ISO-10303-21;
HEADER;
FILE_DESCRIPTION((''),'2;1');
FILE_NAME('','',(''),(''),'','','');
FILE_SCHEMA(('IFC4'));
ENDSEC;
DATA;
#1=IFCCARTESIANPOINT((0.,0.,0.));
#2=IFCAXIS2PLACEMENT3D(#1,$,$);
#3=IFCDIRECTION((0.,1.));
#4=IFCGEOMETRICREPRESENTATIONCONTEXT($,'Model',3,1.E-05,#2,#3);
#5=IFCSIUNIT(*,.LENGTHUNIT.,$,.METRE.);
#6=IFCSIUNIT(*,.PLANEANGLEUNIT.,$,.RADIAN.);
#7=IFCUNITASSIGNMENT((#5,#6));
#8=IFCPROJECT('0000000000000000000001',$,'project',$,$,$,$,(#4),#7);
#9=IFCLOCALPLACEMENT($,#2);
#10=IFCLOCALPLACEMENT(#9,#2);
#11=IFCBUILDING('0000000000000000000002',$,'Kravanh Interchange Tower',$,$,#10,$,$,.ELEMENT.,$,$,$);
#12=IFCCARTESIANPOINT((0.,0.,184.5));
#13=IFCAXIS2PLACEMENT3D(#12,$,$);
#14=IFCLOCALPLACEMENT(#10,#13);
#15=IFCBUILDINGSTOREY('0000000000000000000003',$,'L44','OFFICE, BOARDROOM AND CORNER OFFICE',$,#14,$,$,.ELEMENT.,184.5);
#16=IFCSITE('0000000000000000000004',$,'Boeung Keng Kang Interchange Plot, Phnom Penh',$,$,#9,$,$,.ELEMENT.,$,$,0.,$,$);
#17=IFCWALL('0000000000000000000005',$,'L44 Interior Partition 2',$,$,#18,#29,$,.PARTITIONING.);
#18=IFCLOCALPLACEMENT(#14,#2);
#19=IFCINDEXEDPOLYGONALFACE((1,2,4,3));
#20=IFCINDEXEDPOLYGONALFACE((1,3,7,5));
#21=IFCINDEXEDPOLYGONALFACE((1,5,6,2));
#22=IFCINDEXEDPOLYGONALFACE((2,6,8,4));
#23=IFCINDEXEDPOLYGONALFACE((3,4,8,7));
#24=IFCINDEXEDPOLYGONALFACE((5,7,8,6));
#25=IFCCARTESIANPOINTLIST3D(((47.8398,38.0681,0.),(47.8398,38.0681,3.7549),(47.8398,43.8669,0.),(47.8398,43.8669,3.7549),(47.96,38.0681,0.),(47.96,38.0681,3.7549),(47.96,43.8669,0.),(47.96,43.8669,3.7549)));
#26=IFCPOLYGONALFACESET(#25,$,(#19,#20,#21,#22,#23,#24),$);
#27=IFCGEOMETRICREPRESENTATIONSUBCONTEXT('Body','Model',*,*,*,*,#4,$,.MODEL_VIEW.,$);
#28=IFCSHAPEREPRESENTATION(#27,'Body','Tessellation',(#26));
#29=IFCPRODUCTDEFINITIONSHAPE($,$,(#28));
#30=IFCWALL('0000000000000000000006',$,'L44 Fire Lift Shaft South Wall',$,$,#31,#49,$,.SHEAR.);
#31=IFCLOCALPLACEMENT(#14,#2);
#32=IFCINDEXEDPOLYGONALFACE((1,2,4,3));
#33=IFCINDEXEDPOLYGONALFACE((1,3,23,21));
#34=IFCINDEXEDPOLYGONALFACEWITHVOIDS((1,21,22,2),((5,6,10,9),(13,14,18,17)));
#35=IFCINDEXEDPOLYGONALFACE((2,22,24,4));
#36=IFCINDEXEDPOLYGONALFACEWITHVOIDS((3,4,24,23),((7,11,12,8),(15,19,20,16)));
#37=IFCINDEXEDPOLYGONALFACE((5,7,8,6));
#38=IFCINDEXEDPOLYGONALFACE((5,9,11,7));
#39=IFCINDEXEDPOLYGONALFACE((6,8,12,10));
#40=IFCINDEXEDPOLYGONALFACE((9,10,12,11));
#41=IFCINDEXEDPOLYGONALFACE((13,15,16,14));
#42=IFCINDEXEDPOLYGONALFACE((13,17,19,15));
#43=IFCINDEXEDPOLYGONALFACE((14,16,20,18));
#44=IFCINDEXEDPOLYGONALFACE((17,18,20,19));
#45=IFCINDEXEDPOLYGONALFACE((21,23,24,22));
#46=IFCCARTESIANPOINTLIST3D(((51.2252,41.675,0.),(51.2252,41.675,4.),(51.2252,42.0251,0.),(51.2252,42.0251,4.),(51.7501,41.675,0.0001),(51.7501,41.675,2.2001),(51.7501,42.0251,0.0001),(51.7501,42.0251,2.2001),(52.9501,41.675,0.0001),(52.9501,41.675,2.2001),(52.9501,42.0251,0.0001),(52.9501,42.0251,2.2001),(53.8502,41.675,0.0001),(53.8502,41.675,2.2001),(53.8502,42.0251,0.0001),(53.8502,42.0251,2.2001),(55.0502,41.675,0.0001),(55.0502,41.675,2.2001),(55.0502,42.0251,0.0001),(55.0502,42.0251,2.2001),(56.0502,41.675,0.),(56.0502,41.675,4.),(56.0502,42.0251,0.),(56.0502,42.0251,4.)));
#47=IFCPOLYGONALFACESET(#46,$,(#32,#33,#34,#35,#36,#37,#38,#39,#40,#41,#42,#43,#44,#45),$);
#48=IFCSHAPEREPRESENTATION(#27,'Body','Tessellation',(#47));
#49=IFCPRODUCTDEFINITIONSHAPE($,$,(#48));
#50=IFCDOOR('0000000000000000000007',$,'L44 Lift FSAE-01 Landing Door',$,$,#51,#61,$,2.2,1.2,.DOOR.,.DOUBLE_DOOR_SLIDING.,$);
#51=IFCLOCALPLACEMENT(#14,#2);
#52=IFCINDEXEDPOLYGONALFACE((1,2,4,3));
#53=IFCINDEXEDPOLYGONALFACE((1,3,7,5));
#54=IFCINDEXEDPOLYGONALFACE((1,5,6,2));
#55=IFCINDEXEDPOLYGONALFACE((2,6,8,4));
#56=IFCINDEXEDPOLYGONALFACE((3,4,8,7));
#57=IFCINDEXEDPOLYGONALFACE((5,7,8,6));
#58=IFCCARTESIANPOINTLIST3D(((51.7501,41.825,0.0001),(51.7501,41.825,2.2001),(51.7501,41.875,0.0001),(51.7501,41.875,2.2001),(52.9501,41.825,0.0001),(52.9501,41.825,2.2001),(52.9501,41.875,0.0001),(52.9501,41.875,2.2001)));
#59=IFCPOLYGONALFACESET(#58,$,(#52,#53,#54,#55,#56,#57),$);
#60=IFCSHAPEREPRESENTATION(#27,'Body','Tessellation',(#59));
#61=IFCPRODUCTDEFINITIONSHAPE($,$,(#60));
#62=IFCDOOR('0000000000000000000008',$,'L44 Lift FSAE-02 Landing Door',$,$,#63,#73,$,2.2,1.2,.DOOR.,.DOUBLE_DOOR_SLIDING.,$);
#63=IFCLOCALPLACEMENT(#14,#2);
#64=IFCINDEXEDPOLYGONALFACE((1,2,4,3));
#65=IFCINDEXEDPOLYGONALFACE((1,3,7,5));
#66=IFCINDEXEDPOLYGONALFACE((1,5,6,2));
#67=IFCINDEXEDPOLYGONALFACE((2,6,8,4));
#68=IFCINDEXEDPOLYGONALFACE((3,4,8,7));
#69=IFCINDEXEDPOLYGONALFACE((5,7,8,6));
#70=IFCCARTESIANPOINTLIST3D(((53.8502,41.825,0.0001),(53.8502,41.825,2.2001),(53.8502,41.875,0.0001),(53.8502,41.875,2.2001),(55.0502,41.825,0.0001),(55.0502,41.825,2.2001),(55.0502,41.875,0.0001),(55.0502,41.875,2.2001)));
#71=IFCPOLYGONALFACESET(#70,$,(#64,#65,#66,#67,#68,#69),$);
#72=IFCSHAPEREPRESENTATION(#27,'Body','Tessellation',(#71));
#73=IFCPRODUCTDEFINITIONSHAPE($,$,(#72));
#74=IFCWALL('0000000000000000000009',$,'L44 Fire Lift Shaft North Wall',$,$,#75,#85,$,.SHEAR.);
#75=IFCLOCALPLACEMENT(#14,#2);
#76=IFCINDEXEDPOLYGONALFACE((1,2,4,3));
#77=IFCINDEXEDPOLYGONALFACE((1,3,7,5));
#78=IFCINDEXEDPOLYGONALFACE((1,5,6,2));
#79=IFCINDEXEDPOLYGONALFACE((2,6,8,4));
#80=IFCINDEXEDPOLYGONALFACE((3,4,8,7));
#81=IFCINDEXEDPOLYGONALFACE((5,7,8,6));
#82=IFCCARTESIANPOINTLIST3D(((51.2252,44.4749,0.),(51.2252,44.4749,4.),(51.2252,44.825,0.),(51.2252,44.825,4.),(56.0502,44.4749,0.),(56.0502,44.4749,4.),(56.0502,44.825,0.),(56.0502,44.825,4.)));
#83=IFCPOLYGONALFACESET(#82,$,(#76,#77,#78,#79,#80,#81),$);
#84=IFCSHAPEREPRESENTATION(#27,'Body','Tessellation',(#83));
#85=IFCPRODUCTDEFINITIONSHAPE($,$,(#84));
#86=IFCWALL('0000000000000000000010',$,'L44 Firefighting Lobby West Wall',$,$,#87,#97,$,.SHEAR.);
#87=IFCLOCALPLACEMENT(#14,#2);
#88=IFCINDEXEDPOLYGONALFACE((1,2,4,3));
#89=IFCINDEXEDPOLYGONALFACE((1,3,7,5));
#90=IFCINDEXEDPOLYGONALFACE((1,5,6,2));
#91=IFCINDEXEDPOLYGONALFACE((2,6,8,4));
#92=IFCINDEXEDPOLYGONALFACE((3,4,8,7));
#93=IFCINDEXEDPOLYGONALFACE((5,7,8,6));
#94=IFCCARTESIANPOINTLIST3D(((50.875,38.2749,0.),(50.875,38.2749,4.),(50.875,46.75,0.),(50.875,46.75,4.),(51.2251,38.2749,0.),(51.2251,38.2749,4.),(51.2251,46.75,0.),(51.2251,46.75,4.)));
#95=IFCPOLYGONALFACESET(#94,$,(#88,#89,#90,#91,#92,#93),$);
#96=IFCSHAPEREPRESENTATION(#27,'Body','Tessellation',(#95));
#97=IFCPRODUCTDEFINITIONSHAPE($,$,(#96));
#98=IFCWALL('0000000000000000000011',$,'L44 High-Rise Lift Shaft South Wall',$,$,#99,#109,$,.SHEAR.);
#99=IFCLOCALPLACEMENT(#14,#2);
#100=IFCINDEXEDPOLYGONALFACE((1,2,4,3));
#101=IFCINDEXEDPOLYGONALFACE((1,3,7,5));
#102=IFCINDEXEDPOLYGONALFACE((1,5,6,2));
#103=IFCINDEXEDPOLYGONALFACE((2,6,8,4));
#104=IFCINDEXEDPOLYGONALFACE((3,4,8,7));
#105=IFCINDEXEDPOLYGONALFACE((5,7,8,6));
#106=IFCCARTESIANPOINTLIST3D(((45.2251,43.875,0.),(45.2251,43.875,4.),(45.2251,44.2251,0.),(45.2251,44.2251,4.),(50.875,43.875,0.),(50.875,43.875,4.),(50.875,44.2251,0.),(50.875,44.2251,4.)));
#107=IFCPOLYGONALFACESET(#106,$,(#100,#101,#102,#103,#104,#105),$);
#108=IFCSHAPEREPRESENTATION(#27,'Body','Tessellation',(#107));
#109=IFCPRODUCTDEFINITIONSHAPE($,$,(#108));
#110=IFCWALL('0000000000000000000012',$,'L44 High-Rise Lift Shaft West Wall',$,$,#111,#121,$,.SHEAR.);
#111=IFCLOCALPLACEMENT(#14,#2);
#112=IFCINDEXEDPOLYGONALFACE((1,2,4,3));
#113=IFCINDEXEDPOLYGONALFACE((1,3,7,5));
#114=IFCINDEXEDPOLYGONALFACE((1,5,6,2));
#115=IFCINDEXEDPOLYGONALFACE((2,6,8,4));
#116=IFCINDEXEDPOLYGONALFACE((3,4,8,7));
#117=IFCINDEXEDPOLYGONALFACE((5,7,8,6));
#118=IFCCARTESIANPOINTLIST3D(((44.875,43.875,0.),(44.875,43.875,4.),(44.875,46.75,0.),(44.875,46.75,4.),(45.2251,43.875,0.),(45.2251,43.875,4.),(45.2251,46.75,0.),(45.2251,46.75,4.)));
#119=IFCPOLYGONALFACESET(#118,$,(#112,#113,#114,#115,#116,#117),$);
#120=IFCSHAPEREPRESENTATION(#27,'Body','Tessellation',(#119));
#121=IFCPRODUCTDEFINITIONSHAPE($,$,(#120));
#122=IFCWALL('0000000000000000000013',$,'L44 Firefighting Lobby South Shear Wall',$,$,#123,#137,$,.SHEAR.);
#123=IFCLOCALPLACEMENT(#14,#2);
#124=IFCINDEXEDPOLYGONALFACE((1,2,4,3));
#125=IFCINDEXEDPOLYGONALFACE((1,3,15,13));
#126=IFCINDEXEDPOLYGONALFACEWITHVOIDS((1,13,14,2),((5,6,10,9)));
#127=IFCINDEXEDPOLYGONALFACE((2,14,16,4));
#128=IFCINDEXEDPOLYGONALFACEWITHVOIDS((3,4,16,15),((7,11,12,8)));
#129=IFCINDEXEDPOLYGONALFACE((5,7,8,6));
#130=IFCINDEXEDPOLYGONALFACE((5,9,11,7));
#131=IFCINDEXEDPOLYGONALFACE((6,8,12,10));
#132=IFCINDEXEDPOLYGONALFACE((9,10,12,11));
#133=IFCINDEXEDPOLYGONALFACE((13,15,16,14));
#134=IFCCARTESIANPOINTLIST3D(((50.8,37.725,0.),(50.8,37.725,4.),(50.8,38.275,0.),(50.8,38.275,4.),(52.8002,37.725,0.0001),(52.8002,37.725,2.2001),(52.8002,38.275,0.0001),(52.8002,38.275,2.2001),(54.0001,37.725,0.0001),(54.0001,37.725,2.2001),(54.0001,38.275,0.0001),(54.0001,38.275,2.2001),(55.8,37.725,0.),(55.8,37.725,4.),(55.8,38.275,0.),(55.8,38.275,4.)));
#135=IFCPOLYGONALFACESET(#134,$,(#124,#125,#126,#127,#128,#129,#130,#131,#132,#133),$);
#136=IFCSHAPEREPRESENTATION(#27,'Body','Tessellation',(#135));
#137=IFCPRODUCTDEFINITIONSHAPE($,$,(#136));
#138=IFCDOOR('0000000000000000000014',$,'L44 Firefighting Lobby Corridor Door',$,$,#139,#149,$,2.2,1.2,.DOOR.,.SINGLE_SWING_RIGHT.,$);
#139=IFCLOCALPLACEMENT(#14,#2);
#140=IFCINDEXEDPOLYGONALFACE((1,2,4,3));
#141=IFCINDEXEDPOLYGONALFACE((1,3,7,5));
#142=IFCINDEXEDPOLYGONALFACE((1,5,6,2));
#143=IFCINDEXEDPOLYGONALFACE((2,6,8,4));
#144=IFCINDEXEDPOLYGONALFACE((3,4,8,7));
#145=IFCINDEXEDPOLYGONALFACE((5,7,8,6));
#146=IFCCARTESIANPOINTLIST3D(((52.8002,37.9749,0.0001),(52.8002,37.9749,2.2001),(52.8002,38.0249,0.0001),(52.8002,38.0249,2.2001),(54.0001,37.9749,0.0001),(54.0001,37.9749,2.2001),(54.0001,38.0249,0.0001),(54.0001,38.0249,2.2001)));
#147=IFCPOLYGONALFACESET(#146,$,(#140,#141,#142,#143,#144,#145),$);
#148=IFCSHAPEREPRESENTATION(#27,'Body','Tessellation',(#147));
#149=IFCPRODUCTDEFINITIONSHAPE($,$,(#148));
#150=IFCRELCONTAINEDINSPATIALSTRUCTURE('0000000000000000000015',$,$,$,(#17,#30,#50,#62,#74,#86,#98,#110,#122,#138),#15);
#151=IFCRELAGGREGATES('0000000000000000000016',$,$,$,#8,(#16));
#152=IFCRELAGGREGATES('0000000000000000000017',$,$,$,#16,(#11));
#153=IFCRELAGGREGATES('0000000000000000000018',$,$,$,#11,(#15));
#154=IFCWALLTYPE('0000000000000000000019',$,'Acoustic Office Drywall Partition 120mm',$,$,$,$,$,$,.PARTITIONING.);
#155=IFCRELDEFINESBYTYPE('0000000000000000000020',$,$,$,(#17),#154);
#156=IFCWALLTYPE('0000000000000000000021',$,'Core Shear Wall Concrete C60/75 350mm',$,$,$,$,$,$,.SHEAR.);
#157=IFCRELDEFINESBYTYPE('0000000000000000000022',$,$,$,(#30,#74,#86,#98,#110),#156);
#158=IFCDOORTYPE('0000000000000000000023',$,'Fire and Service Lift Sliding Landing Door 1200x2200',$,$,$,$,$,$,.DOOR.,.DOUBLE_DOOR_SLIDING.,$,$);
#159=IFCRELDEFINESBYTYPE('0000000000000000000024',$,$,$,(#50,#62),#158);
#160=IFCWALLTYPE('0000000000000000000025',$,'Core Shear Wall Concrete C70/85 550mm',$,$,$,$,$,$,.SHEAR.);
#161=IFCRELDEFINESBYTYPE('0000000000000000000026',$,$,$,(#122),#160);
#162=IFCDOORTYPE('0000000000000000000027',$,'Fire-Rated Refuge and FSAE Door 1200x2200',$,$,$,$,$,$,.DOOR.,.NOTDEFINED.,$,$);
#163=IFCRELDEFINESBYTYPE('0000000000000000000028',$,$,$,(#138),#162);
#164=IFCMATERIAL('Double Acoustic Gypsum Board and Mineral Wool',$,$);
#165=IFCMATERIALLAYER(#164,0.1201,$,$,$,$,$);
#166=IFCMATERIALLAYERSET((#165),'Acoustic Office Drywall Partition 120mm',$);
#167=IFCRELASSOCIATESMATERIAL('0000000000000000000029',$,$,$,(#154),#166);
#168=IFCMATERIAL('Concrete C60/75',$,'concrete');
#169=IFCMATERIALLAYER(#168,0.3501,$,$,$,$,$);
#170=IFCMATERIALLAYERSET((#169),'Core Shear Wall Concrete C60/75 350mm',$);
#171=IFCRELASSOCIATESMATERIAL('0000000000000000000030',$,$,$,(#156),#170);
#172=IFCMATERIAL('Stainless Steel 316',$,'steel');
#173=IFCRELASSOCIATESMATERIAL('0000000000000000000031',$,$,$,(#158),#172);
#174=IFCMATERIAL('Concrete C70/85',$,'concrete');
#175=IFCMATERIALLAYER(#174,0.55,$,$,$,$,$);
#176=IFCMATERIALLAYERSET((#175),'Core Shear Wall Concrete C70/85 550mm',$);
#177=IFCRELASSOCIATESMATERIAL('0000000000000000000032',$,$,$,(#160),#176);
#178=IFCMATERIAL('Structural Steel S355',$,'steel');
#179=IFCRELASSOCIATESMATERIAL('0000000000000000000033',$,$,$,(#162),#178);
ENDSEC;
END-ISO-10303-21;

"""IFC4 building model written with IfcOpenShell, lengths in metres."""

from ifc_helpers import new_model, si_unit, direction, frame, frame_2d, origin, place, context, subcontext, project, spatial, rectangle, extrude, material, layer, layer_set, type_object, element, fill, save


model = new_model("IFC4")

# Units and contexts
model_context = context("Model", 3, precision=1e-05, world=origin(), true_north=direction((0.0, 1.0)))
body_context = subcontext(model_context, "Body", "Model", "MODEL_VIEW")
ifc_project = project(units=[si_unit("LENGTHUNIT", "METRE"), si_unit("PLANEANGLEUNIT", "RADIAN")], contexts=[model_context])

# Site, building, storey
site_placement = place(None, origin())
site = spatial("IfcSite", under=ifc_project, at=site_placement, Name="Boeung Keng Kang Interchange Plot, Phnom Penh", CompositionType="ELEMENT", RefElevation=0.0)
building_placement = place(site_placement, origin())
building = spatial("IfcBuilding", under=site, at=building_placement, Name="Kravanh Interchange Tower", CompositionType="ELEMENT")
storey_placement = place(building_placement, frame((0.0, 0.0, 184.5)))
storey = spatial("IfcBuildingStorey", under=building, at=storey_placement, Name="L44", Description="OFFICE, BOARDROOM AND CORNER OFFICE", CompositionType="ELEMENT", Elevation=184.5)

# Wall
ifc_material_1 = material(Name="Double Acoustic Gypsum Board and Mineral Wool")
ifc_layer_1 = layer(ifc_material_1, 0.1201)
ifc_layer_set_1 = layer_set([ifc_layer_1], Name="Acoustic Office Drywall Partition 120mm")
wall_type_1 = type_object("IfcWallType", Name="Acoustic Office Drywall Partition 120mm", PredefinedType="PARTITIONING", material=ifc_layer_set_1)
wall_1_placement = place(storey_placement, frame((47.8999, 38.0681, 0.0), z_axis=(0.0, 0.0, 1.0), x_axis=(0.0, 1.0, 0.0)))
element("IfcWall", 1, at=wall_1_placement, inside=storey, type_object=wall_type_1, Name="L44 Interior Partition 2", PredefinedType="PARTITIONING", context=body_context, shape_type="SweptSolid", body=[
    extrude(rectangle(XDim=5.7988, YDim=0.1201, at=frame_2d((2.8994, 0.0))), origin(), (0.0, 0.0, 1.0), 3.7549),
])

# Wall, openings, doors
ifc_material_2 = material(Name="Concrete C60/75", Category="concrete")
ifc_layer_2 = layer(ifc_material_2, 0.3501)
ifc_layer_set_2 = layer_set([ifc_layer_2], Name="Core Shear Wall Concrete C60/75 350mm")
wall_type_2 = type_object("IfcWallType", Name="Core Shear Wall Concrete C60/75 350mm", PredefinedType="SHEAR", material=ifc_layer_set_2)
wall_2_placement = place(storey_placement, frame((51.2251, 41.8501, 0.0), z_axis=(0.0, 0.0, 1.0), x_axis=(1.0, 0.0, 0.0)))
wall_2 = element("IfcWall", 2, at=wall_2_placement, inside=storey, type_object=wall_type_2, Name="L44 Fire Lift Shaft South Wall", PredefinedType="SHEAR", context=body_context, shape_type="SweptSolid", body=[
    extrude(rectangle(XDim=4.825, YDim=0.3501, at=frame_2d((2.4126, 0.0))), origin(), (0.0, 0.0, 1.0), 4.0),
])
opening_1_placement = place(wall_2_placement, frame((0.5249, 0.0, 0.0)))
opening_1 = element("IfcOpeningElement", 3, at=opening_1_placement, cuts=wall_2, PredefinedType="OPENING", context=body_context, shape_type="SweptSolid", body=[
    extrude(rectangle(XDim=1.2, YDim=2.2, at=frame_2d((0.6001, 1.1001))), frame((0.0, 0.1851, 0.0), z_axis=(0.0, -1.0, 0.0), x_axis=(1.0, 0.0, 0.0)), (0.0, 0.0, 1.0), 0.3701),
])
opening_2_placement = place(wall_2_placement, frame((2.625, 0.0, 0.0)))
opening_2 = element("IfcOpeningElement", 4, at=opening_2_placement, cuts=wall_2, PredefinedType="OPENING", context=body_context, shape_type="SweptSolid", body=[
    extrude(rectangle(XDim=1.2, YDim=2.2, at=frame_2d((0.6001, 1.1001))), frame((0.0, 0.1851, 0.0), z_axis=(0.0, -1.0, 0.0), x_axis=(1.0, 0.0, 0.0)), (0.0, 0.0, 1.0), 0.3701),
])
ifc_material_3 = material(Name="Stainless Steel 316", Category="steel")
door_type_1 = type_object("IfcDoorType", Name="Fire and Service Lift Sliding Landing Door 1200x2200", OperationType="DOUBLE_DOOR_SLIDING", PredefinedType="DOOR", material=ifc_material_3)
door_1_placement = place(opening_1_placement, origin())
door_1 = element("IfcDoor", 5, at=door_1_placement, inside=storey, type_object=door_type_1, Name="L44 Lift FSAE-01 Landing Door", OperationType="DOUBLE_DOOR_SLIDING", OverallHeight=2.2, OverallWidth=1.2, PredefinedType="DOOR", context=body_context, shape_type="SweptSolid", body=[
    extrude(rectangle(XDim=1.2, YDim=2.2, at=frame_2d((0.6001, 1.1001))), frame((0.0, 0.0249, 0.0), z_axis=(0.0, -1.0, 0.0), x_axis=(1.0, 0.0, 0.0)), (0.0, 0.0, 1.0), 0.05),
])
fill(opening_1, door_1)
door_2_placement = place(opening_2_placement, origin())
door_2 = element("IfcDoor", 6, at=door_2_placement, inside=storey, type_object=door_type_1, Name="L44 Lift FSAE-02 Landing Door", OperationType="DOUBLE_DOOR_SLIDING", OverallHeight=2.2, OverallWidth=1.2, PredefinedType="DOOR", context=body_context, shape_type="SweptSolid", body=[
    extrude(rectangle(XDim=1.2, YDim=2.2, at=frame_2d((0.6001, 1.1001))), frame((0.0, 0.0249, 0.0), z_axis=(0.0, -1.0, 0.0), x_axis=(1.0, 0.0, 0.0)), (0.0, 0.0, 1.0), 0.05),
])
fill(opening_2, door_2)

# Walls
wall_3_placement = place(storey_placement, frame((51.2251, 44.6499, 0.0), z_axis=(0.0, 0.0, 1.0), x_axis=(1.0, 0.0, 0.0)))
element("IfcWall", 7, at=wall_3_placement, inside=storey, type_object=wall_type_2, Name="L44 Fire Lift Shaft North Wall", PredefinedType="SHEAR", context=body_context, shape_type="SweptSolid", body=[
    extrude(rectangle(XDim=4.825, YDim=0.3501, at=frame_2d((2.4126, 0.0))), origin(), (0.0, 0.0, 1.0), 4.0),
])
wall_4_placement = place(storey_placement, frame((51.05, 38.2749, 0.0), z_axis=(0.0, 0.0, 1.0), x_axis=(0.0, 1.0, 0.0)))
element("IfcWall", 8, at=wall_4_placement, inside=storey, type_object=wall_type_2, Name="L44 Firefighting Lobby West Wall", PredefinedType="SHEAR", context=body_context, shape_type="SweptSolid", body=[
    extrude(rectangle(XDim=8.4751, YDim=0.3501, at=frame_2d((4.2375, 0.0))), origin(), (0.0, 0.0, 1.0), 4.0),
])
wall_5_placement = place(storey_placement, frame((45.2251, 44.05, 0.0), z_axis=(0.0, 0.0, 1.0), x_axis=(1.0, 0.0, 0.0)))
element("IfcWall", 9, at=wall_5_placement, inside=storey, type_object=wall_type_2, Name="L44 High-Rise Lift Shaft South Wall", PredefinedType="SHEAR", context=body_context, shape_type="SweptSolid", body=[
    extrude(rectangle(XDim=5.6499, YDim=0.3501, at=frame_2d((2.825, 0.0))), origin(), (0.0, 0.0, 1.0), 4.0),
])
wall_6_placement = place(storey_placement, frame((45.05, 43.875, 0.0), z_axis=(0.0, 0.0, 1.0), x_axis=(0.0, 1.0, 0.0)))
element("IfcWall", 10, at=wall_6_placement, inside=storey, type_object=wall_type_2, Name="L44 High-Rise Lift Shaft West Wall", PredefinedType="SHEAR", context=body_context, shape_type="SweptSolid", body=[
    extrude(rectangle(XDim=2.875, YDim=0.3501, at=frame_2d((1.4375, 0.0))), origin(), (0.0, 0.0, 1.0), 4.0),
])

# Shared definitions
ifc_material_4 = material(Name="Concrete C70/85", Category="concrete")
ifc_layer_3 = layer(ifc_material_4, 0.55)
ifc_layer_set_3 = layer_set([ifc_layer_3], Name="Core Shear Wall Concrete C70/85 550mm")
wall_type_3 = type_object("IfcWallType", Name="Core Shear Wall Concrete C70/85 550mm", PredefinedType="SHEAR", material=ifc_layer_set_3)

# Wall, opening, door
wall_7_placement = place(storey_placement, frame((50.8, 38.0, 0.0), z_axis=(0.0, 0.0, 1.0), x_axis=(1.0, 0.0, 0.0)))
wall_7 = element("IfcWall", 11, at=wall_7_placement, inside=storey, type_object=wall_type_3, Name="L44 Firefighting Lobby South Shear Wall", PredefinedType="SHEAR", context=body_context, shape_type="SweptSolid", body=[
    extrude(rectangle(XDim=5.0, YDim=0.55, at=frame_2d((2.5, 0.0))), origin(), (0.0, 0.0, 1.0), 4.0),
])
opening_3_placement = place(wall_7_placement, frame((2.0, 0.0, 0.0)))
opening_3 = element("IfcOpeningElement", 12, at=opening_3_placement, cuts=wall_7, PredefinedType="OPENING", context=body_context, shape_type="SweptSolid", body=[
    extrude(rectangle(XDim=1.2, YDim=2.2, at=frame_2d((0.6001, 1.1001))), frame((0.0, 0.2852, 0.0), z_axis=(0.0, -1.0, 0.0), x_axis=(1.0, 0.0, 0.0)), (0.0, 0.0, 1.0), 0.5701),
])
ifc_material_5 = material(Name="Structural Steel S355", Category="steel")
door_type_2 = type_object("IfcDoorType", Name="Fire-Rated Refuge and FSAE Door 1200x2200", OperationType="NOTDEFINED", PredefinedType="DOOR", material=ifc_material_5)
door_3_placement = place(opening_3_placement, origin())
door_3 = element("IfcDoor", 13, at=door_3_placement, inside=storey, type_object=door_type_2, Name="L44 Firefighting Lobby Corridor Door", OperationType="SINGLE_SWING_RIGHT", OverallHeight=2.2, OverallWidth=1.2, PredefinedType="DOOR", context=body_context, shape_type="SweptSolid", body=[
    extrude(rectangle(XDim=1.2, YDim=2.2, at=frame_2d((0.6001, 1.1001))), frame((0.0, 0.0249, 0.0), z_axis=(0.0, -1.0, 0.0), x_axis=(1.0, 0.0, 0.0)), (0.0, 0.0, 1.0), 0.05),
])
fill(opening_3, door_3)

save(model, "model.ifc")
